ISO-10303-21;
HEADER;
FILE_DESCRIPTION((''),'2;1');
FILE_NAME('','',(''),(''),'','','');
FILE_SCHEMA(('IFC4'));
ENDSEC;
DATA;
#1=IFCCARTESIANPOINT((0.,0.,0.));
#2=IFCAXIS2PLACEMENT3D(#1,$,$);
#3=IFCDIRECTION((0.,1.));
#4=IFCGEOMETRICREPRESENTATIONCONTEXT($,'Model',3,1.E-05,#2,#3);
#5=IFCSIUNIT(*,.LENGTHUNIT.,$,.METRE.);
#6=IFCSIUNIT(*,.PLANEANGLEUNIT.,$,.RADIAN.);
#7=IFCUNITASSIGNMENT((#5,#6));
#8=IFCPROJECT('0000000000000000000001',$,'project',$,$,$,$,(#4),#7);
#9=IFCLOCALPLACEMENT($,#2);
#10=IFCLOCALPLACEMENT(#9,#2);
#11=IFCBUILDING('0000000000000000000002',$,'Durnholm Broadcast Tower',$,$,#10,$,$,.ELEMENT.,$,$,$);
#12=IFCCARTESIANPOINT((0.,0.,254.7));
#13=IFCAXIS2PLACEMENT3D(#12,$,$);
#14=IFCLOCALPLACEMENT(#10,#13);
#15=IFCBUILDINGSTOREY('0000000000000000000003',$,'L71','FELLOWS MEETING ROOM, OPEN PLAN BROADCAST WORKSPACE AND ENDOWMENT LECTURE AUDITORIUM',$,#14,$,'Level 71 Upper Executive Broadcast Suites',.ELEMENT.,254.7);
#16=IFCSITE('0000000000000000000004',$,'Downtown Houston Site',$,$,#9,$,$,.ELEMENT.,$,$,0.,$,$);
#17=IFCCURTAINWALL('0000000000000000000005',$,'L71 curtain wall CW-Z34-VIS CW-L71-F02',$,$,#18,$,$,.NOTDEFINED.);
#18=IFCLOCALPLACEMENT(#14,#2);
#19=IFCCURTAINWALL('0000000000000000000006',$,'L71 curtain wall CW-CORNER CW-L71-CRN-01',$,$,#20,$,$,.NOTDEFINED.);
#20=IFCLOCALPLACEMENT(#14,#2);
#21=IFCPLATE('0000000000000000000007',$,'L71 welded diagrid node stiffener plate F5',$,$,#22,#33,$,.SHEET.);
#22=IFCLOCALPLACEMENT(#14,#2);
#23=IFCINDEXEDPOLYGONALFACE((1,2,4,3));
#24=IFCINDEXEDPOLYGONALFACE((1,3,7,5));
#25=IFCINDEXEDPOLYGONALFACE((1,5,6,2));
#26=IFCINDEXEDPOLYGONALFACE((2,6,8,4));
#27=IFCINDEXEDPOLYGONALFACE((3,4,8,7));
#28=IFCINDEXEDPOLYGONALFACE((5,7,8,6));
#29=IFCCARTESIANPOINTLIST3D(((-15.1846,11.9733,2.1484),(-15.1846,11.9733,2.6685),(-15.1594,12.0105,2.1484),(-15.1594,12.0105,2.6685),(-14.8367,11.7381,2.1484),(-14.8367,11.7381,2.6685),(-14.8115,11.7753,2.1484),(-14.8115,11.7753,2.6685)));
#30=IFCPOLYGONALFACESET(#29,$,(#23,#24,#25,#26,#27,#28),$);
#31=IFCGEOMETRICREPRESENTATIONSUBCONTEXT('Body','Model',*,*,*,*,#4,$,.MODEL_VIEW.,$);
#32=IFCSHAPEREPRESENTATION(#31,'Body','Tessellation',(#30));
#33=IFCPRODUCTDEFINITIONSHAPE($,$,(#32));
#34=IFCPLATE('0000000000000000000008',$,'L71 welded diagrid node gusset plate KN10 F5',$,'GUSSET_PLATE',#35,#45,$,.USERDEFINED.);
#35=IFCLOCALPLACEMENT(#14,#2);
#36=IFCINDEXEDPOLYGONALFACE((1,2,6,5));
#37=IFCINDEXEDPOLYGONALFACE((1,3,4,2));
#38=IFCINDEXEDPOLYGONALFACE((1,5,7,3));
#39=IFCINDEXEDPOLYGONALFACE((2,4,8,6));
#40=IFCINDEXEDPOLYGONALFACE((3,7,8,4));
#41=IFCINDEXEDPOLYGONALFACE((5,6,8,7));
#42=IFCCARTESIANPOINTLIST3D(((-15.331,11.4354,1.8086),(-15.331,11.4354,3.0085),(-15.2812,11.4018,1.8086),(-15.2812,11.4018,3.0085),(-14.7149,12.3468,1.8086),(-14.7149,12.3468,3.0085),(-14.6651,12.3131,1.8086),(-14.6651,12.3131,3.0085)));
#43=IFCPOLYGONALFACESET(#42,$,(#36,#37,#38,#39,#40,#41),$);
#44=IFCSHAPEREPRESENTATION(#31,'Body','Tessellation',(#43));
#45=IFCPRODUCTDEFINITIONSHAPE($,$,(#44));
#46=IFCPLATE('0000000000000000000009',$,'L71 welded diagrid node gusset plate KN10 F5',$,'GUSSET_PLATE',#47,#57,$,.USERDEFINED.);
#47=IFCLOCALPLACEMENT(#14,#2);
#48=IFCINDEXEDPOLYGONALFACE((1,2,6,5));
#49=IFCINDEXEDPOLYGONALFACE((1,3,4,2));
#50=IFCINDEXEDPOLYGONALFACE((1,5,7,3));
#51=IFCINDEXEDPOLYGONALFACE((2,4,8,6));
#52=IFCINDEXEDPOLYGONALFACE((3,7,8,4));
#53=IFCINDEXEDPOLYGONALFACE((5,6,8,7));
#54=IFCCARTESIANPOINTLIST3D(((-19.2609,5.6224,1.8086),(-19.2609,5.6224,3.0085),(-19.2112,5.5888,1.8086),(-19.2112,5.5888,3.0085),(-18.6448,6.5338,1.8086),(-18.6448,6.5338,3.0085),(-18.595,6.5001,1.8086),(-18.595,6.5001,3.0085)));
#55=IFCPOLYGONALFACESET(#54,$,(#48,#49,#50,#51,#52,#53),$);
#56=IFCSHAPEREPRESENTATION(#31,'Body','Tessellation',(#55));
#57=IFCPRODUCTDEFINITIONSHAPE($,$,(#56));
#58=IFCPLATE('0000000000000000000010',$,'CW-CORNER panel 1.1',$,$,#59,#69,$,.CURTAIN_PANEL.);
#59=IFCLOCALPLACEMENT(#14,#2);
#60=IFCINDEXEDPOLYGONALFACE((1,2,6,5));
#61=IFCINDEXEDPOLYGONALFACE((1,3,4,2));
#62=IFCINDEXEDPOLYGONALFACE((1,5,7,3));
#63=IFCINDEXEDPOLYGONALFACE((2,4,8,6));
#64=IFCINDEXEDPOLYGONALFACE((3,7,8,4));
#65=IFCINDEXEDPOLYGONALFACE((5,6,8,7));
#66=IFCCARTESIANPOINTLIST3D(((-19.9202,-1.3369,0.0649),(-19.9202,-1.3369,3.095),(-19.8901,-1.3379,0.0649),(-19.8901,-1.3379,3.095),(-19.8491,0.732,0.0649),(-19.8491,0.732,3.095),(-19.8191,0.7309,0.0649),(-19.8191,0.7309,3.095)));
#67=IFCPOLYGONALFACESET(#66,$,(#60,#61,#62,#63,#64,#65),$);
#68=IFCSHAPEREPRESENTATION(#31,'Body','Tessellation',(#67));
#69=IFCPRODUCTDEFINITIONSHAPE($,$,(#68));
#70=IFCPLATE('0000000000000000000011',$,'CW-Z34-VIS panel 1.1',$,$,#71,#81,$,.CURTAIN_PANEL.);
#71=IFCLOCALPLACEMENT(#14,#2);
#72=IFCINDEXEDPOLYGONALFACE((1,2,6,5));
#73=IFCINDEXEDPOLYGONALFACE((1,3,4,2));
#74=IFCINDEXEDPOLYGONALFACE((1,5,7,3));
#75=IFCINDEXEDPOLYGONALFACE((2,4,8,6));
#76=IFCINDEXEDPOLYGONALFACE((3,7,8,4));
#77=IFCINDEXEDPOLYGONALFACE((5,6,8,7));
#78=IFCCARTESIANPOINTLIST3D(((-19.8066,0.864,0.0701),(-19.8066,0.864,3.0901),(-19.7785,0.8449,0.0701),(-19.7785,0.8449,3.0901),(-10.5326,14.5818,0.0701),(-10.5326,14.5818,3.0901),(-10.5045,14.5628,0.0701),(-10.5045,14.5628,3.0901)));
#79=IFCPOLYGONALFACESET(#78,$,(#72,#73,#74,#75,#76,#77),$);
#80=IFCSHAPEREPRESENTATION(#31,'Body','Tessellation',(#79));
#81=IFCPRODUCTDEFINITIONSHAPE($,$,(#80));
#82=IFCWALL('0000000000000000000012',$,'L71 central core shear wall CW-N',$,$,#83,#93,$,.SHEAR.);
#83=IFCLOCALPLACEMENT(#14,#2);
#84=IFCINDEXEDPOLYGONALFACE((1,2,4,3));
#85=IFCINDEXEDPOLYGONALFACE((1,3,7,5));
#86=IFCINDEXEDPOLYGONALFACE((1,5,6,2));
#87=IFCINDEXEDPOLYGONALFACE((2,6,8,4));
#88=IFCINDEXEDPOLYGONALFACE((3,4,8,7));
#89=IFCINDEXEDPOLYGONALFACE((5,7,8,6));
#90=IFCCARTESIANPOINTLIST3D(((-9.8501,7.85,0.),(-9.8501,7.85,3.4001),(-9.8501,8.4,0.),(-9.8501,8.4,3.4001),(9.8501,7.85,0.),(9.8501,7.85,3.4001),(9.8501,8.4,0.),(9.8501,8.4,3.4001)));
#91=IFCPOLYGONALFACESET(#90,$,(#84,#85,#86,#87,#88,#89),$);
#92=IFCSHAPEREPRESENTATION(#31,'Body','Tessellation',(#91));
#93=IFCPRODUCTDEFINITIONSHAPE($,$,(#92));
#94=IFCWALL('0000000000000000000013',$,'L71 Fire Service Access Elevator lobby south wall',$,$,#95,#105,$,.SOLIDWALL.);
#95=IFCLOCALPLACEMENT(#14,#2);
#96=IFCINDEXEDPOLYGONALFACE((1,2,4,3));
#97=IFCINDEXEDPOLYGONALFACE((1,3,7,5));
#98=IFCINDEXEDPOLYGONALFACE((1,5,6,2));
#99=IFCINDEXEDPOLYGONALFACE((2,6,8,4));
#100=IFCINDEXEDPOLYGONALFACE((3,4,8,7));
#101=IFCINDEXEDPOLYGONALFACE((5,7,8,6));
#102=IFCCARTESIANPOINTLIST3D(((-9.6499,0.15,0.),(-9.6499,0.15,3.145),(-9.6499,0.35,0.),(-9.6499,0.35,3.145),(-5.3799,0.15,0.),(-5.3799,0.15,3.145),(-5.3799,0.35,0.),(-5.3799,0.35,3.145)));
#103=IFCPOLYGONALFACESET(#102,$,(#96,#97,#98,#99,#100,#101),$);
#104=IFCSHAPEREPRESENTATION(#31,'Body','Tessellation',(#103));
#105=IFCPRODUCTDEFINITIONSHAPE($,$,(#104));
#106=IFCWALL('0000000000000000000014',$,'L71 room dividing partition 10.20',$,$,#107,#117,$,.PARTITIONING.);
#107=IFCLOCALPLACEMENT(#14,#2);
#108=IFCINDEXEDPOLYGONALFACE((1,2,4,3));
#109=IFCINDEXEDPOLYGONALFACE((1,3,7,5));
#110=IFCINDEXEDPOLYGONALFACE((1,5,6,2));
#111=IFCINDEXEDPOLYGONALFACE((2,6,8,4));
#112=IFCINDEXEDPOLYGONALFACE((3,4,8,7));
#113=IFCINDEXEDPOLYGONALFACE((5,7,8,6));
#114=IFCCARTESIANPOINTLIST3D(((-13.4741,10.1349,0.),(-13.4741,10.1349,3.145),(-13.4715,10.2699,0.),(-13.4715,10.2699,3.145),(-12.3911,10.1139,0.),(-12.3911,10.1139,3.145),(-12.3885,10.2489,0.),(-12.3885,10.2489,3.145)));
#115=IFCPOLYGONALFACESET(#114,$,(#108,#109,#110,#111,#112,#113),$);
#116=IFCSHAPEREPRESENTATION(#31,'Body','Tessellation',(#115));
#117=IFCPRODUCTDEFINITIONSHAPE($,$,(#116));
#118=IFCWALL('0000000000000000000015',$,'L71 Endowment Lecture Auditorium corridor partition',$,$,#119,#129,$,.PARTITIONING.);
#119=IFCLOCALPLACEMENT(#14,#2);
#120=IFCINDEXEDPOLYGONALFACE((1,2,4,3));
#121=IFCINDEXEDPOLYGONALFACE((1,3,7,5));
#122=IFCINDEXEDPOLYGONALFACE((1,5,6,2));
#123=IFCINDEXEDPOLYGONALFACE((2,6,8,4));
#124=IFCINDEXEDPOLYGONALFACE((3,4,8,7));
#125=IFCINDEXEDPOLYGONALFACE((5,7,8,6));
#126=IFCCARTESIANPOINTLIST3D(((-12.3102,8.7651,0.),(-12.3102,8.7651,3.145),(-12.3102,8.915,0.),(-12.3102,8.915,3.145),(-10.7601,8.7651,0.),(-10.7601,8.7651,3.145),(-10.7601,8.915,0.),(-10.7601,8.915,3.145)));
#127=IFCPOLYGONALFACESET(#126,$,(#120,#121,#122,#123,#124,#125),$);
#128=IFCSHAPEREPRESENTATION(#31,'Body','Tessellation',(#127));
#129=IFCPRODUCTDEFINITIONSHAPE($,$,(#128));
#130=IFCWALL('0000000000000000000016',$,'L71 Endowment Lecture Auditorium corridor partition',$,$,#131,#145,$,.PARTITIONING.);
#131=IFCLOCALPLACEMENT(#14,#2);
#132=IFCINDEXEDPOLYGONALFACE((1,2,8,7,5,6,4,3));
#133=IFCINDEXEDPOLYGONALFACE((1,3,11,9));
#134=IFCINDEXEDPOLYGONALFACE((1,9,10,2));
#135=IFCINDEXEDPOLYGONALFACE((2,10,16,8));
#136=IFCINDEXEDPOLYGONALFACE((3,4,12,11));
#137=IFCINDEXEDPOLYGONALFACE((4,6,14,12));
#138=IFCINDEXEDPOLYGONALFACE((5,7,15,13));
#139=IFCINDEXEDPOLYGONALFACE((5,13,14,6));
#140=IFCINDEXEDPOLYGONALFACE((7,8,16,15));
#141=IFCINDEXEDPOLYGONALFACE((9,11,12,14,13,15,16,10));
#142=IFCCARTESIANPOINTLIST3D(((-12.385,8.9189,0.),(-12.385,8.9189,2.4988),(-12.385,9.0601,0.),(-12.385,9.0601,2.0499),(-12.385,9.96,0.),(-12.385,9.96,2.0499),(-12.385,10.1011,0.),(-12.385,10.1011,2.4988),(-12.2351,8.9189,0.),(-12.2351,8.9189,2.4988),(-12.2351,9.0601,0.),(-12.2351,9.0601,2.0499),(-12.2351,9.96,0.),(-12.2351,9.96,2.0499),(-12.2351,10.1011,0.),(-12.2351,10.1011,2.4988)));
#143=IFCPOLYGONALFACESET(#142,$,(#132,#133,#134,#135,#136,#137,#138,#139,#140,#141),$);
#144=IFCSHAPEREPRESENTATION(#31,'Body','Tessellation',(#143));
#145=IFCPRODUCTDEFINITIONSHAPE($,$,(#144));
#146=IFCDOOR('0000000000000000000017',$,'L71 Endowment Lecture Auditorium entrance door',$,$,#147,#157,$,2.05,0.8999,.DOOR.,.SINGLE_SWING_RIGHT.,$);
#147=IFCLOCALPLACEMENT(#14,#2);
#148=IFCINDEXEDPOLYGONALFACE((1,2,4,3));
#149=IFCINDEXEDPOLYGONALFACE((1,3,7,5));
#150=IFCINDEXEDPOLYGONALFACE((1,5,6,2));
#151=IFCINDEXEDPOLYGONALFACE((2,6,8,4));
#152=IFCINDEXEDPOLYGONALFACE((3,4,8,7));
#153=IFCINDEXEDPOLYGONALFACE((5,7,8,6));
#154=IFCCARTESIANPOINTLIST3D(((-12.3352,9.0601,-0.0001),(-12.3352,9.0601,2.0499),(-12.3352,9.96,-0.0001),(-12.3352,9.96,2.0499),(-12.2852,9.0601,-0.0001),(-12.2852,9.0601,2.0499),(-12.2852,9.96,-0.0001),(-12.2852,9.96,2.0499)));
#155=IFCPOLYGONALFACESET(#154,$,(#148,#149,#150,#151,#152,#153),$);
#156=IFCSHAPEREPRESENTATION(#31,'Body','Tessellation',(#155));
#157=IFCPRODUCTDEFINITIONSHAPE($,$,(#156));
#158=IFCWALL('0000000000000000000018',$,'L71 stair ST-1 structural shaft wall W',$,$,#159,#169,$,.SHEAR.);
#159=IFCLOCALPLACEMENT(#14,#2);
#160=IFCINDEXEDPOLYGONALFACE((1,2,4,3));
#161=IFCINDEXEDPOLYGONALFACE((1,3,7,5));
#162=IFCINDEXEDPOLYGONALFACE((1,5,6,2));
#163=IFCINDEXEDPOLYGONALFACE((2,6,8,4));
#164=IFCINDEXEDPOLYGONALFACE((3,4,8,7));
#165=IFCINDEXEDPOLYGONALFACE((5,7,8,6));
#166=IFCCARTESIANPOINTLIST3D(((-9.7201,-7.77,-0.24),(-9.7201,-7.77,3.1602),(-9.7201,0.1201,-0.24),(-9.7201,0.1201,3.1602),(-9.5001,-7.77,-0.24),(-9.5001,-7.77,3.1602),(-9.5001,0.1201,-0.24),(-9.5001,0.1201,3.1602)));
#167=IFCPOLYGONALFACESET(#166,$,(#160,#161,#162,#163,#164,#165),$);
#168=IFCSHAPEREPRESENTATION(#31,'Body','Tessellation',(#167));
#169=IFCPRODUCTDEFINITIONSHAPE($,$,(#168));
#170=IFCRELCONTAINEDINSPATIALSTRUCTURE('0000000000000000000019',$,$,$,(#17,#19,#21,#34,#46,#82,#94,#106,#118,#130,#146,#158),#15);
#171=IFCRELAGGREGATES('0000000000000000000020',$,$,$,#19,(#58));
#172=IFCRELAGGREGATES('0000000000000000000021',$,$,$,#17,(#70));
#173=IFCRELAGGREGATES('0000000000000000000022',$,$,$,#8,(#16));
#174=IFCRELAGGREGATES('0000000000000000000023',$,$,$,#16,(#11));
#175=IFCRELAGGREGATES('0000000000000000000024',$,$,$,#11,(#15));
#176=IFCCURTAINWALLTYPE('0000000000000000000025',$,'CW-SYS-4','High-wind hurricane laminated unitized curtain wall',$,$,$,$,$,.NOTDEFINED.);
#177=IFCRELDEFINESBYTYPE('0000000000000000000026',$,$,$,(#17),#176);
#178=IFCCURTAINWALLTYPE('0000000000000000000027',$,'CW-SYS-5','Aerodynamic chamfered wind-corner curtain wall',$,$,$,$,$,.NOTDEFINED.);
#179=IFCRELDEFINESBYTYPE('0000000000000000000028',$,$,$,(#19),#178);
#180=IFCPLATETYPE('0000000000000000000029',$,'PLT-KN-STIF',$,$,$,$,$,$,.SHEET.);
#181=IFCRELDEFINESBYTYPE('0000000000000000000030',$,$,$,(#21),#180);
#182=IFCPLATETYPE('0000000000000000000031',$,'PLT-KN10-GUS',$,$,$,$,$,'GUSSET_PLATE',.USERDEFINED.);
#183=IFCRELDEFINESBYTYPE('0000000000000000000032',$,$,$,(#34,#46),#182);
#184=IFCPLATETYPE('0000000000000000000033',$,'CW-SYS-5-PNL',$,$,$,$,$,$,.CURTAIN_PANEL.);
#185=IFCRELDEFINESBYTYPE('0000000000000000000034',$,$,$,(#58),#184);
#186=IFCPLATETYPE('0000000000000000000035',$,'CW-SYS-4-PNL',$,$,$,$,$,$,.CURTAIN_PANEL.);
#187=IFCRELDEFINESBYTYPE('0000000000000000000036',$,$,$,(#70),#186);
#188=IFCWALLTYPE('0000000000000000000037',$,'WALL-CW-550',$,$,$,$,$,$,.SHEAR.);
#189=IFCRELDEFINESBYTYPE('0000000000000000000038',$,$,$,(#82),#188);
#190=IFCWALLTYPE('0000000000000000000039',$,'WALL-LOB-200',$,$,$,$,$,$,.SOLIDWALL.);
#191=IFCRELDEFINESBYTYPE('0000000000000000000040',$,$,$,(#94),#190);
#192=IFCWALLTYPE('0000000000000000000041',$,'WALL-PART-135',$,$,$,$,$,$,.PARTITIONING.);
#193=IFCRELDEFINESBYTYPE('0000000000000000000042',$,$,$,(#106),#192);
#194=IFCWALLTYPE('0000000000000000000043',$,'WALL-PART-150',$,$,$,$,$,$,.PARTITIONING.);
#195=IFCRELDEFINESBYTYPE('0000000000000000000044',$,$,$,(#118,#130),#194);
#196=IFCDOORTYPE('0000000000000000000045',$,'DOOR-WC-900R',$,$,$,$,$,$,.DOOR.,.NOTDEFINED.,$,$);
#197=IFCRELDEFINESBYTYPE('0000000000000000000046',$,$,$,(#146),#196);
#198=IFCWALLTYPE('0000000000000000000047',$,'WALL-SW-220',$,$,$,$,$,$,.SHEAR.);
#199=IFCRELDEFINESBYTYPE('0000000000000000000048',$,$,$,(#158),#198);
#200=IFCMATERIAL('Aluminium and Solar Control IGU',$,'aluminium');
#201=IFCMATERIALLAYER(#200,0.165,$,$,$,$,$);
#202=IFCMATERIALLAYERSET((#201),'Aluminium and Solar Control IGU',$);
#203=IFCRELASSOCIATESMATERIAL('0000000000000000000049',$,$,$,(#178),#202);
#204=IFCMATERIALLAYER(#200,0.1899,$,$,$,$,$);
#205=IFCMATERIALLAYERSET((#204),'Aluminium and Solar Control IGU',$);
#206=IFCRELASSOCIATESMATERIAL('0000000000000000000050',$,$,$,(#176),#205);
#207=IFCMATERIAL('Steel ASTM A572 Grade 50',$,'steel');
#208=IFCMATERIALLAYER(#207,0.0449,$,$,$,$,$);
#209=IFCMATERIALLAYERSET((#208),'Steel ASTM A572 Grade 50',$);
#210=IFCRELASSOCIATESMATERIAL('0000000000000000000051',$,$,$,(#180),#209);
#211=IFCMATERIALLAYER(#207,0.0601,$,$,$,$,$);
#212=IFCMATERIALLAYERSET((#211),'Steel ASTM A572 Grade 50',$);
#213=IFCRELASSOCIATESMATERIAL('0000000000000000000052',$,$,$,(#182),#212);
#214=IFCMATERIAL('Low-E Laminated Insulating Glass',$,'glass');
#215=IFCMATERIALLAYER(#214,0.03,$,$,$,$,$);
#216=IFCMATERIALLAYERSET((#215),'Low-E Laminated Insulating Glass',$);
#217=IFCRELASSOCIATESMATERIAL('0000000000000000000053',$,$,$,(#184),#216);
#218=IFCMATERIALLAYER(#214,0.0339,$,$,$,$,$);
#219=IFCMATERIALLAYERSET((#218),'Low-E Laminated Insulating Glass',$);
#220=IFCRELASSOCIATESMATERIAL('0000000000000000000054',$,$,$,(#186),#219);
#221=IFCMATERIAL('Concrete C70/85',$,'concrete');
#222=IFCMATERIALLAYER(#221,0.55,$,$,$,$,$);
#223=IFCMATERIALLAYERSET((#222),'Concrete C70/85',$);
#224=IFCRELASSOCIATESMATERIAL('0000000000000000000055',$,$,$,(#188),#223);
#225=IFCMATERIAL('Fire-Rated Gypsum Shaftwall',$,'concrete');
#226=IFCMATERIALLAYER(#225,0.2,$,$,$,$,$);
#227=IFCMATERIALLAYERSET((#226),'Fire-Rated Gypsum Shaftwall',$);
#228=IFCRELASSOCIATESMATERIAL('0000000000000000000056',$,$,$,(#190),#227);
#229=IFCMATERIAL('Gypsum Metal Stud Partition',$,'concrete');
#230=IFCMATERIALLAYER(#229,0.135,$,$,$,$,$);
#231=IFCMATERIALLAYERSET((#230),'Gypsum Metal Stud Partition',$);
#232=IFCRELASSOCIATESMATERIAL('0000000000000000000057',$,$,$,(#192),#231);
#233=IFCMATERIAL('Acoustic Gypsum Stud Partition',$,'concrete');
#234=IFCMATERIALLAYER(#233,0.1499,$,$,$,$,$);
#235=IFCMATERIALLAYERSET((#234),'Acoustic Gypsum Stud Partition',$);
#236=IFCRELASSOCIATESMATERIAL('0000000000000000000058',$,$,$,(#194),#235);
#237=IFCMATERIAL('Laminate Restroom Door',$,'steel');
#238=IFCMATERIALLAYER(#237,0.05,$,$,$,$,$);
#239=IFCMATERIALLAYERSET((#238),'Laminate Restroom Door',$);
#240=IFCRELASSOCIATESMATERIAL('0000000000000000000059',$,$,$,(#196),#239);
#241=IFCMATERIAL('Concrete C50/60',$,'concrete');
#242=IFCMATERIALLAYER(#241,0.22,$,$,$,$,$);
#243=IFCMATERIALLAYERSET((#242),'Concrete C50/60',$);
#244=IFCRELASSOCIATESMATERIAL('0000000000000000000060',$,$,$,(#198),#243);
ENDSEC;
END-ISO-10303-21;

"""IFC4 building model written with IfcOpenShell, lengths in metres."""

from ifc_helpers import new_model, si_unit, direction, frame, frame_2d, origin, origin_2d, place, context, subcontext, project, spatial, rectangle, extrude, source, transform, mapped, material, layer, layer_set, type_object, type_shapes, element, fill, aggregate, save


model = new_model("IFC4")

# Units and contexts
model_context = context("Model", 3, precision=1e-05, world=origin(), true_north=direction((0.0, 1.0)))
body_context = subcontext(model_context, "Body", "Model", "MODEL_VIEW")
ifc_project = project(units=[si_unit("LENGTHUNIT", "METRE"), si_unit("PLANEANGLEUNIT", "RADIAN")], contexts=[model_context])

# Site, building, storey
site_placement = place(None, origin())
site = spatial("IfcSite", under=ifc_project, at=site_placement, Name="Downtown Houston Site", CompositionType="ELEMENT", RefElevation=0.0)
building_placement = place(site_placement, origin())
building = spatial("IfcBuilding", under=site, at=building_placement, Name="Durnholm Broadcast Tower", CompositionType="ELEMENT")
storey_placement = place(building_placement, frame((0.0, 0.0, 254.7)))
storey = spatial("IfcBuildingStorey", under=building, at=storey_placement, Name="L71", Description="FELLOWS MEETING ROOM, OPEN PLAN BROADCAST WORKSPACE AND ENDOWMENT LECTURE AUDITORIUM", LongName="Level 71 Upper Executive Broadcast Suites", CompositionType="ELEMENT", Elevation=254.7)

# Shared definitions
ifc_material_1 = material(Name="Concrete C70/85", Category="concrete")

# Curtain wall
ifc_material_2 = material(Name="Aluminium and Solar Control IGU", Category="aluminium")
ifc_layer_1 = layer(ifc_material_2, 0.165)
ifc_layer_set_1 = layer_set([ifc_layer_1], Name="Aluminium and Solar Control IGU")
curtain_wall_type_1 = type_object("IfcCurtainWallType", Name="CW-SYS-5", Description="Aerodynamic chamfered wind-corner curtain wall", PredefinedType="NOTDEFINED", material=ifc_layer_set_1)
ifc_layer_2 = layer(ifc_material_2, 0.1899)
ifc_layer_set_2 = layer_set([ifc_layer_2], Name="Aluminium and Solar Control IGU")
curtain_wall_type_2 = type_object("IfcCurtainWallType", Name="CW-SYS-4", Description="High-wind hurricane laminated unitized curtain wall", PredefinedType="NOTDEFINED", material=ifc_layer_set_2)
curtain_wall_1_placement = place(storey_placement, origin())
curtain_wall_1 = element("IfcCurtainWall", 1, at=curtain_wall_1_placement, inside=storey, type_object=curtain_wall_type_2, Name="L71 curtain wall CW-Z34-VIS CW-L71-F02", PredefinedType="NOTDEFINED")

# Curtain wall
curtain_wall_2_placement = place(storey_placement, origin())
curtain_wall_2 = element("IfcCurtainWall", 2, at=curtain_wall_2_placement, inside=storey, type_object=curtain_wall_type_1, Name="L71 curtain wall CW-CORNER CW-L71-CRN-01", PredefinedType="NOTDEFINED")

# Plates
ifc_material_3 = material(Name="Steel ASTM A572 Grade 50", Category="steel")
ifc_layer_3 = layer(ifc_material_3, 0.0449)
ifc_layer_set_3 = layer_set([ifc_layer_3], Name="Steel ASTM A572 Grade 50")
plate_type_1 = type_object("IfcPlateType", Name="PLT-KN-STIF", PredefinedType="SHEET", material=ifc_layer_set_3)
shared_shape_1 = source(origin(), body_context, "Body", "SweptSolid", [
    extrude(rectangle(XDim=0.0449, YDim=0.4199, at=origin_2d()), origin(), (0.0, 0.0, 1.0), 0.52),
])
type_shapes(plate_type_1, [shared_shape_1])
plate_1_placement = place(storey_placement, frame((-14.998, 11.8743, 2.1484), z_axis=(0.0, 0.0, 1.0), x_axis=(-0.560061, -0.828452, 0.0)))
element("IfcPlate", 3, at=plate_1_placement, inside=storey, type_object=plate_type_1, Name="L71 welded diagrid node stiffener plate F5", PredefinedType="SHEET", context=body_context, shape_type="MappedRepresentation", body=[
    mapped(shared_shape_1, transform((0.0, 0.0, 0.0), x_axis=(1.0, 0.0, 0.0), y_axis=(0.0, 1.0, 0.0), z_axis=(0.0, 0.0, 1.0), scale=1.0)),
])
ifc_layer_4 = layer(ifc_material_3, 0.0601)
ifc_layer_set_4 = layer_set([ifc_layer_4], Name="Steel ASTM A572 Grade 50")
plate_type_2 = type_object("IfcPlateType", Name="PLT-KN10-GUS", ElementType="GUSSET_PLATE", PredefinedType="USERDEFINED", material=ifc_layer_set_4)
shared_shape_2 = source(origin(), body_context, "Body", "SweptSolid", [
    extrude(rectangle(XDim=1.1001, YDim=0.0601, at=origin_2d()), origin(), (0.0, 0.0, 1.0), 1.2),
])
type_shapes(plate_type_2, [shared_shape_2])
for number, where, z_axis, x_axis, name in (
    (4, (-14.998, 11.8743, 1.8086), (0.0, 0.0, 1.0), (-0.560061, -0.828452, 0.0), "L71 welded diagrid node gusset plate KN10 F5"),
    (5, (-18.928, 6.0613, 1.8086), (0.0, 0.0, 1.0), (-0.560061, -0.828452, 0.0), "L71 welded diagrid node gusset plate KN10 F5"),
):
    element("IfcPlate", number, at=place(storey_placement, frame(where, z_axis=z_axis, x_axis=x_axis)), inside=storey, type_object=plate_type_2, Name=name, ObjectType="GUSSET_PLATE", PredefinedType="USERDEFINED", context=body_context, shape_type="MappedRepresentation", body=[
        mapped(shared_shape_2, transform((0.0, 0.0, 0.0), x_axis=(1.0, 0.0, 0.0), y_axis=(0.0, 1.0, 0.0), z_axis=(0.0, 0.0, 1.0), scale=1.0)),
    ])

# Plates
ifc_material_4 = material(Name="Low-E Laminated Insulating Glass", Category="glass")
ifc_layer_5 = layer(ifc_material_4, 0.03)
ifc_layer_set_5 = layer_set([ifc_layer_5], Name="Low-E Laminated Insulating Glass")
plate_type_3 = type_object("IfcPlateType", Name="CW-SYS-5-PNL", PredefinedType="CURTAIN_PANEL", material=ifc_layer_set_5)
shared_shape_3 = source(origin(), body_context, "Body", "SweptSolid", [
    extrude(rectangle(XDim=2.0701, YDim=0.03, at=origin_2d()), origin(), (0.0, 0.0, 1.0), 3.03),
])
type_shapes(plate_type_3, [shared_shape_3])
plate_2_placement = place(storey_placement, frame((-19.8696, -0.303, 0.0649), z_axis=(0.0, 0.0, 1.0), x_axis=(0.034318, 0.999411, 0.0)))
plate_2 = element("IfcPlate", 6, at=plate_2_placement, type_object=plate_type_3, Name="CW-CORNER panel 1.1", PredefinedType="CURTAIN_PANEL", context=body_context, shape_type="MappedRepresentation", body=[
    mapped(shared_shape_3, transform((0.0, 0.0, 0.0), x_axis=(1.0, 0.0, 0.0), y_axis=(0.0, 1.0, 0.0), z_axis=(0.0, 0.0, 1.0), scale=1.0)),
])
aggregate(curtain_wall_2, [plate_2])
ifc_layer_6 = layer(ifc_material_4, 0.0339)
ifc_layer_set_6 = layer_set([ifc_layer_6], Name="Low-E Laminated Insulating Glass")
plate_type_4 = type_object("IfcPlateType", Name="CW-SYS-4-PNL", PredefinedType="CURTAIN_PANEL", material=ifc_layer_set_6)
shared_shape_4 = source(origin(), body_context, "Body", "SweptSolid", [
    extrude(rectangle(XDim=16.5586, YDim=0.0339, at=origin_2d()), origin(), (0.0, 0.0, 1.0), 3.02),
])
type_shapes(plate_type_4, [shared_shape_4])
plate_3_placement = place(storey_placement, frame((-15.1555, 7.7134, 0.0701), z_axis=(0.0, 0.0, 1.0), x_axis=(0.560073, 0.828443, 0.0)))
plate_3 = element("IfcPlate", 7, at=plate_3_placement, type_object=plate_type_4, Name="CW-Z34-VIS panel 1.1", PredefinedType="CURTAIN_PANEL", context=body_context, shape_type="MappedRepresentation", body=[
    mapped(shared_shape_4, transform((0.0, 0.0, 0.0), x_axis=(1.0, 0.0, 0.0), y_axis=(0.0, 1.0, 0.0), z_axis=(0.0, 0.0, 1.0), scale=1.0)),
])
aggregate(curtain_wall_1, [plate_3])

# Walls
ifc_layer_7 = layer(ifc_material_1, 0.55)
ifc_layer_set_7 = layer_set([ifc_layer_7], Name="Concrete C70/85")
wall_type_1 = type_object("IfcWallType", Name="WALL-CW-550", PredefinedType="SHEAR", material=ifc_layer_set_7)
wall_1_placement = place(storey_placement, frame((-9.8501, 8.125, 0.0), z_axis=(0.0, 0.0, 1.0), x_axis=(1.0, 0.0, 0.0)))
element("IfcWall", 8, at=wall_1_placement, inside=storey, type_object=wall_type_1, Name="L71 central core shear wall CW-N", PredefinedType="SHEAR", context=body_context, shape_type="SweptSolid", body=[
    extrude(rectangle(XDim=19.7002, YDim=0.55, at=frame_2d((9.8501, 0.0))), origin(), (0.0, 0.0, 1.0), 3.4001),
])
ifc_material_5 = material(Name="Fire-Rated Gypsum Shaftwall", Category="concrete")
ifc_layer_8 = layer(ifc_material_5, 0.2)
ifc_layer_set_8 = layer_set([ifc_layer_8], Name="Fire-Rated Gypsum Shaftwall")
wall_type_2 = type_object("IfcWallType", Name="WALL-LOB-200", PredefinedType="SOLIDWALL", material=ifc_layer_set_8)
wall_2_placement = place(storey_placement, frame((-9.6499, 0.25, 0.0), z_axis=(0.0, 0.0, 1.0), x_axis=(1.0, 0.0, 0.0)))
element("IfcWall", 9, at=wall_2_placement, inside=storey, type_object=wall_type_2, Name="L71 Fire Service Access Elevator lobby south wall", PredefinedType="SOLIDWALL", context=body_context, shape_type="SweptSolid", body=[
    extrude(rectangle(XDim=4.27, YDim=0.2, at=frame_2d((2.135, 0.0))), origin(), (0.0, 0.0, 1.0), 3.145),
])
ifc_material_6 = material(Name="Gypsum Metal Stud Partition", Category="concrete")
ifc_layer_9 = layer(ifc_material_6, 0.135)
ifc_layer_set_9 = layer_set([ifc_layer_9], Name="Gypsum Metal Stud Partition")
wall_type_3 = type_object("IfcWallType", Name="WALL-PART-135", PredefinedType="PARTITIONING", material=ifc_layer_set_9)
wall_3_placement = place(storey_placement, frame((-12.3899, 10.1814, 0.0), z_axis=(0.0, 0.0, 1.0), x_axis=(-0.999812, 0.019383, 0.0)))
element("IfcWall", 10, at=wall_3_placement, inside=storey, type_object=wall_type_3, Name="L71 room dividing partition 10.20", PredefinedType="PARTITIONING", context=body_context, shape_type="SweptSolid", body=[
    extrude(rectangle(XDim=1.0833, YDim=0.135, at=frame_2d((0.5415, 0.0))), origin(), (0.0, 0.0, 1.0), 3.145),
])
ifc_material_7 = material(Name="Acoustic Gypsum Stud Partition", Category="concrete")
ifc_layer_10 = layer(ifc_material_7, 0.1499)
ifc_layer_set_10 = layer_set([ifc_layer_10], Name="Acoustic Gypsum Stud Partition")
wall_type_4 = type_object("IfcWallType", Name="WALL-PART-150", PredefinedType="PARTITIONING", material=ifc_layer_set_10)
wall_4_placement = place(storey_placement, frame((-12.3101, 8.8401, 0.0), z_axis=(0.0, 0.0, 1.0), x_axis=(1.0, 0.0, 0.0)))
element("IfcWall", 11, at=wall_4_placement, inside=storey, type_object=wall_type_4, Name="L71 Endowment Lecture Auditorium corridor partition", PredefinedType="PARTITIONING", context=body_context, shape_type="SweptSolid", body=[
    extrude(rectangle(XDim=1.55, YDim=0.1499, at=frame_2d((0.7749, 0.0))), origin(), (0.0, 0.0, 1.0), 3.145),
])

# Wall, opening, door
wall_5_placement = place(storey_placement, frame((-12.3101, 10.1011, 0.0), z_axis=(0.0, 0.0, 1.0), x_axis=(0.0, -1.0, 0.0)))
wall_5 = element("IfcWall", 12, at=wall_5_placement, inside=storey, type_object=wall_type_4, Name="L71 Endowment Lecture Auditorium corridor partition", PredefinedType="PARTITIONING", context=body_context, shape_type="SweptSolid", body=[
    extrude(rectangle(XDim=1.1821, YDim=0.1499, at=frame_2d((0.5911, 0.0))), origin(), (0.0, 0.0, 1.0), 2.4988),
])
opening_1_placement = place(wall_5_placement, frame((0.1411, 0.0, 0.0)))
opening_1 = element("IfcOpeningElement", 13, at=opening_1_placement, cuts=wall_5, PredefinedType="OPENING", context=body_context, shape_type="SweptSolid", body=[
    extrude(rectangle(XDim=0.8999, YDim=2.05, at=frame_2d((0.45, 1.0249))), frame((0.0, 0.085, 0.0), z_axis=(0.0, -1.0, 0.0), x_axis=(1.0, 0.0, 0.0)), (0.0, 0.0, 1.0), 0.1699),
])
ifc_material_8 = material(Name="Laminate Restroom Door", Category="steel")
ifc_layer_11 = layer(ifc_material_8, 0.05)
ifc_layer_set_11 = layer_set([ifc_layer_11], Name="Laminate Restroom Door")
door_type_1 = type_object("IfcDoorType", Name="DOOR-WC-900R", OperationType="NOTDEFINED", PredefinedType="DOOR", material=ifc_layer_set_11)
shared_shape_5 = source(origin(), body_context, "Body", "SweptSolid", [
    extrude(rectangle(XDim=0.8999, YDim=2.05, at=frame_2d((0.45, 1.0249))), frame((0.0, 0.0249, 0.0), z_axis=(0.0, -1.0, 0.0), x_axis=(1.0, 0.0, 0.0)), (0.0, 0.0, 1.0), 0.05),
])
type_shapes(door_type_1, [shared_shape_5])
door_1_placement = place(opening_1_placement, origin())
door_1 = element("IfcDoor", 14, at=door_1_placement, inside=storey, type_object=door_type_1, Name="L71 Endowment Lecture Auditorium entrance door", OperationType="SINGLE_SWING_RIGHT", OverallHeight=2.05, OverallWidth=0.8999, PredefinedType="DOOR", context=body_context, shape_type="MappedRepresentation", body=[
    mapped(shared_shape_5, transform((0.0, 0.0, 0.0), x_axis=(1.0, 0.0, 0.0), y_axis=(0.0, 1.0, 0.0), z_axis=(0.0, 0.0, 1.0), scale=1.0)),
])
fill(opening_1, door_1)

# Wall
ifc_material_9 = material(Name="Concrete C50/60", Category="concrete")
ifc_layer_12 = layer(ifc_material_9, 0.22)
ifc_layer_set_12 = layer_set([ifc_layer_12], Name="Concrete C50/60")
wall_type_5 = type_object("IfcWallType", Name="WALL-SW-220", PredefinedType="SHEAR", material=ifc_layer_set_12)
wall_6_placement = place(storey_placement, frame((-9.6101, 0.1201, -0.24), z_axis=(0.0, 0.0, 1.0), x_axis=(0.0, -1.0, 0.0)))
element("IfcWall", 15, at=wall_6_placement, inside=storey, type_object=wall_type_5, Name="L71 stair ST-1 structural shaft wall W", PredefinedType="SHEAR", context=body_context, shape_type="SweptSolid", body=[
    extrude(rectangle(XDim=7.8901, YDim=0.22, at=frame_2d((3.9451, 0.0))), origin(), (0.0, 0.0, 1.0), 3.4001),
])

save(model, "model.ifc")
